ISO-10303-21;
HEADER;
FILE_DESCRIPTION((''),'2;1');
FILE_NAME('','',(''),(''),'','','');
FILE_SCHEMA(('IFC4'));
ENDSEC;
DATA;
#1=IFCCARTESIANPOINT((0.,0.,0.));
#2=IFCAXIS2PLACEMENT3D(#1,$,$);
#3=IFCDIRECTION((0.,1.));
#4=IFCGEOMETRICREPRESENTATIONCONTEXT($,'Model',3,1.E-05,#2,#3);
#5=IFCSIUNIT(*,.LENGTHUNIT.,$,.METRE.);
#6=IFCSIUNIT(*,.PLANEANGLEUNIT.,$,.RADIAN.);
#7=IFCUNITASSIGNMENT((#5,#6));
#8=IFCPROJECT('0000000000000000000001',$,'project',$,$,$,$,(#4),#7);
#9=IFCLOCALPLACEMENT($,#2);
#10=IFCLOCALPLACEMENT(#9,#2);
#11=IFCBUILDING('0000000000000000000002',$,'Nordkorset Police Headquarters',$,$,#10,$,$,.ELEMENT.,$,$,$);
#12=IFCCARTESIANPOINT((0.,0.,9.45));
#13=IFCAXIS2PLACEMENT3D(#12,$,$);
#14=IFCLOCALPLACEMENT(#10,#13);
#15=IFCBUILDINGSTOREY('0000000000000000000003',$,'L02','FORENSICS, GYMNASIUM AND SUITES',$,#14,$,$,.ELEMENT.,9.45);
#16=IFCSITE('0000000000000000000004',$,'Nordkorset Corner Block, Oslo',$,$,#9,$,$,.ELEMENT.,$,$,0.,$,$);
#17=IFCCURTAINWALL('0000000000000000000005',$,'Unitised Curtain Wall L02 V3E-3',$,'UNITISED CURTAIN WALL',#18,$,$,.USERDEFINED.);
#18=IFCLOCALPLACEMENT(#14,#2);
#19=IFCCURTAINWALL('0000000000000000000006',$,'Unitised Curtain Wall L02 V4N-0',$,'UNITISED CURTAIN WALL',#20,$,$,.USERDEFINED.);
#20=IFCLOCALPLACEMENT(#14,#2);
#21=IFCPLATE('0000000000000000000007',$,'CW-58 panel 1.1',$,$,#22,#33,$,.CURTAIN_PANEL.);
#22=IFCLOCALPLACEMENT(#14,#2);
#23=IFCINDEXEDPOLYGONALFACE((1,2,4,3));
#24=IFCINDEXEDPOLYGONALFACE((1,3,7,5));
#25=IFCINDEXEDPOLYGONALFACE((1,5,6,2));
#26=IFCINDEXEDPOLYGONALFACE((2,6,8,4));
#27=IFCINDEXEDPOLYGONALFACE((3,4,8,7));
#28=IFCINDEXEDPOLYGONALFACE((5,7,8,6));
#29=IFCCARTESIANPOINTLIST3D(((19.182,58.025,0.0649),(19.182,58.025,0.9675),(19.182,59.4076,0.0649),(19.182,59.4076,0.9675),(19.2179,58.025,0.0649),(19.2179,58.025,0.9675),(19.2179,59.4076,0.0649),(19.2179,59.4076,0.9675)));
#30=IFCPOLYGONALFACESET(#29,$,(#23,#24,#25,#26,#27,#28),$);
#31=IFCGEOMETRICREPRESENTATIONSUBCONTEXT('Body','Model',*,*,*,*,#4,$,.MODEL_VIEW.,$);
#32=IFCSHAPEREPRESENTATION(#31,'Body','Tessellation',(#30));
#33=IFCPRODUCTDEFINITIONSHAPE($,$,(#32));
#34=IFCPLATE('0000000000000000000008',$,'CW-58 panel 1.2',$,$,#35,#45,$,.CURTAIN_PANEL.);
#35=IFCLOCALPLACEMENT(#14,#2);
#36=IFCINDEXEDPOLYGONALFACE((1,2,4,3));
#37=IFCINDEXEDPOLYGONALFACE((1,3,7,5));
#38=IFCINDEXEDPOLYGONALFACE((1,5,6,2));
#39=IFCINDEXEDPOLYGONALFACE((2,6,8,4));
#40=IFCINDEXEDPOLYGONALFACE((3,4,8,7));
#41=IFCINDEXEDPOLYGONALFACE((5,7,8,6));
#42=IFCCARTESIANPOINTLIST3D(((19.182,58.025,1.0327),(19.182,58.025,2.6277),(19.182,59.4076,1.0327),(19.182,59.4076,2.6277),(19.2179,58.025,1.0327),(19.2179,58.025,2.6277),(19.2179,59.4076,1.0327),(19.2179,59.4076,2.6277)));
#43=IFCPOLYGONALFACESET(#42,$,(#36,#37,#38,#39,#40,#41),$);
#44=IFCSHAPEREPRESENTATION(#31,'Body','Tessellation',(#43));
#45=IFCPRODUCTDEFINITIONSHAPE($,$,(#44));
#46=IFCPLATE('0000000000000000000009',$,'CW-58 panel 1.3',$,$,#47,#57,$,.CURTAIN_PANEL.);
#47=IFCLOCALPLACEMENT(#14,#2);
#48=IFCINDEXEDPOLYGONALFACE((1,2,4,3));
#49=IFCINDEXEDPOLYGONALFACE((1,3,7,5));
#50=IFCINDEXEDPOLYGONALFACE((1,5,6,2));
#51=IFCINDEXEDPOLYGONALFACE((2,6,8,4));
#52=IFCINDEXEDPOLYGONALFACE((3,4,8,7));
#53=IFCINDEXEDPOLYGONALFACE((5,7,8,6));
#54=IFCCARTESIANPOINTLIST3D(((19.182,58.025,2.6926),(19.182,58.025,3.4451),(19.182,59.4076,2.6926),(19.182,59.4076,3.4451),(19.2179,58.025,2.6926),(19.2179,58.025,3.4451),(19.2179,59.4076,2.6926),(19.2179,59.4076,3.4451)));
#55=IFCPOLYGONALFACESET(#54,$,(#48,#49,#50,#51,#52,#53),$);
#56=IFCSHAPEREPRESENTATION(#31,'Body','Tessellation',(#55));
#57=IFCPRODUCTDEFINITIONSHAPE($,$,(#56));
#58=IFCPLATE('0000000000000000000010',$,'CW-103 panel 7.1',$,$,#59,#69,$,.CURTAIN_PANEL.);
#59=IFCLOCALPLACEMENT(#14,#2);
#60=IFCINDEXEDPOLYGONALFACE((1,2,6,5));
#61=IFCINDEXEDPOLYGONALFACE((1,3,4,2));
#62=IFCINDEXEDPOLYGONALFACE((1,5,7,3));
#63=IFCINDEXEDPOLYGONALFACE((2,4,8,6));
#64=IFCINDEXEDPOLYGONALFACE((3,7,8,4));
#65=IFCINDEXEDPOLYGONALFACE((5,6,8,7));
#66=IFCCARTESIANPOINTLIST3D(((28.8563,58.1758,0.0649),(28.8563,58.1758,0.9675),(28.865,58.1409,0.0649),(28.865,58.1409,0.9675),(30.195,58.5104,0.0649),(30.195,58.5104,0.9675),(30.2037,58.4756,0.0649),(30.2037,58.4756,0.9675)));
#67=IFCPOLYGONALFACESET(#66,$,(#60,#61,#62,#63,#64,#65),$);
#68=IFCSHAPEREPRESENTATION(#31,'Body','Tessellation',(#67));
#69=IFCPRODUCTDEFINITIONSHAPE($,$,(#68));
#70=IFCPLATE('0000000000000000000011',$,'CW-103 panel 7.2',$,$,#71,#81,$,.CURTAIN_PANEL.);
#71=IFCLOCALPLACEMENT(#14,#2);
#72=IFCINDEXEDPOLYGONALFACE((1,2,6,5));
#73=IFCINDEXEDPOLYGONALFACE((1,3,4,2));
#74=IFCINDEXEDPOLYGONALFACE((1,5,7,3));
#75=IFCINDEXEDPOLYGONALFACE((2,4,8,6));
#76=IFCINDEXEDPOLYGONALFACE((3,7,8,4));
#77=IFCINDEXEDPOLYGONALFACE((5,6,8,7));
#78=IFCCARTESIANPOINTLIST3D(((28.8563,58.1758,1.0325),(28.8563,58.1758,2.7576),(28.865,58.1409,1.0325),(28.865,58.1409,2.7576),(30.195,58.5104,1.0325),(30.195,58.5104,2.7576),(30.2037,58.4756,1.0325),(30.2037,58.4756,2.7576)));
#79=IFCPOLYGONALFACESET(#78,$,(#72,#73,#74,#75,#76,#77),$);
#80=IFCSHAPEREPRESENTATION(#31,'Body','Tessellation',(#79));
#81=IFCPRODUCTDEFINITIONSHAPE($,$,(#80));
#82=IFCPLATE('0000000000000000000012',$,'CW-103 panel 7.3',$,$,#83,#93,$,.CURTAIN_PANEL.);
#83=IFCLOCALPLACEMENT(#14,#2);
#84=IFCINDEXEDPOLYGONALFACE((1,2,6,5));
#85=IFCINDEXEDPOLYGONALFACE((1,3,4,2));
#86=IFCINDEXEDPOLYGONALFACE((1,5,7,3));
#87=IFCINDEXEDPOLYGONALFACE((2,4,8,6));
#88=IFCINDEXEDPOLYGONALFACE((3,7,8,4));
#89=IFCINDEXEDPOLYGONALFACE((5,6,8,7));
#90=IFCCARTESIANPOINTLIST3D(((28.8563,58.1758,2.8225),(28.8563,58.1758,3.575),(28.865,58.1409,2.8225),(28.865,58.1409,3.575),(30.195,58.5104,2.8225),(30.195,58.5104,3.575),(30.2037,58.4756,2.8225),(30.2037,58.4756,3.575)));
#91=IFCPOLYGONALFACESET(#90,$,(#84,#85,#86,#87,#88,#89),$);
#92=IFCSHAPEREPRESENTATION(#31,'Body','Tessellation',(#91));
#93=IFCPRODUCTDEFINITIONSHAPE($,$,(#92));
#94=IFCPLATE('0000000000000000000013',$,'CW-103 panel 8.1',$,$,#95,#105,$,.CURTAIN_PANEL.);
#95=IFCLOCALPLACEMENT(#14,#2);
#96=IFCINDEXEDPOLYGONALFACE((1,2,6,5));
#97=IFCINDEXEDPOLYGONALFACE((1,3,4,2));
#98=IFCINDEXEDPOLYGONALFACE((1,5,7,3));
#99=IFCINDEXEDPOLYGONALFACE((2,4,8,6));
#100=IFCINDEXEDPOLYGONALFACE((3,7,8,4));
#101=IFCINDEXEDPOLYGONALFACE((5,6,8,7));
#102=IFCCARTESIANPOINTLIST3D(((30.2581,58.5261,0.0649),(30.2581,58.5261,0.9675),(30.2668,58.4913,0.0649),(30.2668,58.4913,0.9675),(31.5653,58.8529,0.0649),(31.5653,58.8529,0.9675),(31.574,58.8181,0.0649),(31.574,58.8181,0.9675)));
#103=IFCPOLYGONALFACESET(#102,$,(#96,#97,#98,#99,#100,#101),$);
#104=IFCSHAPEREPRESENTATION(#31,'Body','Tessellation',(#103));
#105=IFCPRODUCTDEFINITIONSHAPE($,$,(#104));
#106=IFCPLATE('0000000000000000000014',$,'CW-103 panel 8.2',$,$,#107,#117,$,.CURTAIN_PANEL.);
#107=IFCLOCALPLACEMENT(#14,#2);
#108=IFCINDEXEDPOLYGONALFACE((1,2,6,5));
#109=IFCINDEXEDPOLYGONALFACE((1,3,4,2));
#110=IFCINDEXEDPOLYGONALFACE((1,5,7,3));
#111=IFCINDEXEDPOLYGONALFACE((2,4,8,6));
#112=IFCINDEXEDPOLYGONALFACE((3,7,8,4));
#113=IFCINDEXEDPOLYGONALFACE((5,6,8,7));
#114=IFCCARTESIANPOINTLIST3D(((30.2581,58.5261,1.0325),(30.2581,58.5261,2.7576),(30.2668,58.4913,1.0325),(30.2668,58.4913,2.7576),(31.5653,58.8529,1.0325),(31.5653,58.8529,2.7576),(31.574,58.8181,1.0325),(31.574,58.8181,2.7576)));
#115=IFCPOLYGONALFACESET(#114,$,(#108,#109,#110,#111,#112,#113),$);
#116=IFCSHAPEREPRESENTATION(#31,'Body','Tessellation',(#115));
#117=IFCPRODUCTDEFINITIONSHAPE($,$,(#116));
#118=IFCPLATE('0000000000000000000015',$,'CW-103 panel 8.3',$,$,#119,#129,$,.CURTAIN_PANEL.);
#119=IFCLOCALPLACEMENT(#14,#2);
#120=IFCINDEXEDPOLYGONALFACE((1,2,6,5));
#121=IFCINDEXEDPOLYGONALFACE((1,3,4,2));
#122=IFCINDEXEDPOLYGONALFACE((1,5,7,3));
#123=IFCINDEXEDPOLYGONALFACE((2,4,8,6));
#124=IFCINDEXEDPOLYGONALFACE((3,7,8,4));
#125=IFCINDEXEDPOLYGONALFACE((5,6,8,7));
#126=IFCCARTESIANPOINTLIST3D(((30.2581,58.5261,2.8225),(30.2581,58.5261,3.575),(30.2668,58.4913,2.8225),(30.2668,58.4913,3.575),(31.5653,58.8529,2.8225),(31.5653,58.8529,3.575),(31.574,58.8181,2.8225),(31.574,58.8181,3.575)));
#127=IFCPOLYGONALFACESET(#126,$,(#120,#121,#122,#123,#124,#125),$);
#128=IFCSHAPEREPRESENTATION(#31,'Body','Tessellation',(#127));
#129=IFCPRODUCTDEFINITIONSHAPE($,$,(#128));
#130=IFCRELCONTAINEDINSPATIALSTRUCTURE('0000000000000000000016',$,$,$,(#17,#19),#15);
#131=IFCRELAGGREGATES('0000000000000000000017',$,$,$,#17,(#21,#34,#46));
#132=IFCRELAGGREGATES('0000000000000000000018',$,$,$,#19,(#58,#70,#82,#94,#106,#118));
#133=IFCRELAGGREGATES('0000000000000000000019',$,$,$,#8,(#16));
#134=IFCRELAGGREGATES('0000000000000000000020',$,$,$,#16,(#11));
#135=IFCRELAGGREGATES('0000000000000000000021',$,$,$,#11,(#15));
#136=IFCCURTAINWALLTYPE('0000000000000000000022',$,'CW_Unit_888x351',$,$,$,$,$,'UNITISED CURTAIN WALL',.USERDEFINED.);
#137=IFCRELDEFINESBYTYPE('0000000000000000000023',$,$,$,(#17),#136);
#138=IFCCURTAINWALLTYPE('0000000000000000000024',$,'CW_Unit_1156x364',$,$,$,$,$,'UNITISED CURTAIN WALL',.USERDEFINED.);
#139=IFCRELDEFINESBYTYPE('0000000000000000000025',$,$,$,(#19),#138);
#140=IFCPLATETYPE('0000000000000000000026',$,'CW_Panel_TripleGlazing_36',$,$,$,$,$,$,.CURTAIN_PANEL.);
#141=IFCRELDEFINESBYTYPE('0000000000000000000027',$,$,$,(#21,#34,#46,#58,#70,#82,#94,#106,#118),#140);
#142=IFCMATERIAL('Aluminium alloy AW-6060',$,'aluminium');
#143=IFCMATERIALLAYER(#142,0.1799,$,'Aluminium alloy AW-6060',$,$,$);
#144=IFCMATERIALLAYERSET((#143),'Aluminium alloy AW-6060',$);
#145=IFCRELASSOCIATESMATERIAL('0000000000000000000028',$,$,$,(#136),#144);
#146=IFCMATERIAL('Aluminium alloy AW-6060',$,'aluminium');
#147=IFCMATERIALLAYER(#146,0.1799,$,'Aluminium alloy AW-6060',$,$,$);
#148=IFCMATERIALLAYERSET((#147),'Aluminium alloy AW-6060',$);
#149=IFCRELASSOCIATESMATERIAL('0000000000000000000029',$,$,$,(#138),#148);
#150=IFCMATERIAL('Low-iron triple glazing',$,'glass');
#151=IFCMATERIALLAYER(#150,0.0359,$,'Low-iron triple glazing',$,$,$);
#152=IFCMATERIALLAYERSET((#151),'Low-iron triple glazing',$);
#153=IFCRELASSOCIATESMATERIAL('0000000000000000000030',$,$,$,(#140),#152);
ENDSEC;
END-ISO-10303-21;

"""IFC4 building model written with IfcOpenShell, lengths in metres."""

from ifc_helpers import new_model, si_unit, direction, frame, origin, origin_2d, place, context, subcontext, project, spatial, rectangle, extrude, material, layer, layer_set, type_object, element, aggregate, save


model = new_model("IFC4")

# Units and contexts
model_context = context("Model", 3, precision=1e-05, world=origin(), true_north=direction((0.0, 1.0)))
body_context = subcontext(model_context, "Body", "Model", "MODEL_VIEW")
ifc_project = project(units=[si_unit("LENGTHUNIT", "METRE"), si_unit("PLANEANGLEUNIT", "RADIAN")], contexts=[model_context])

# Site, building, storey
site_placement = place(None, origin())
site = spatial("IfcSite", under=ifc_project, at=site_placement, Name="Nordkorset Corner Block, Oslo", CompositionType="ELEMENT", RefElevation=0.0)
building_placement = place(site_placement, origin())
building = spatial("IfcBuilding", under=site, at=building_placement, Name="Nordkorset Police Headquarters", CompositionType="ELEMENT")
storey_placement = place(building_placement, frame((0.0, 0.0, 9.45)))
storey = spatial("IfcBuildingStorey", under=building, at=storey_placement, Name="L02", Description="FORENSICS, GYMNASIUM AND SUITES", CompositionType="ELEMENT", Elevation=9.45)

# Curtain wall
ifc_material_1 = material(Name="Aluminium alloy AW-6060", Category="aluminium")
ifc_layer_1 = layer(ifc_material_1, 0.1799, Name="Aluminium alloy AW-6060")
ifc_layer_set_1 = layer_set([ifc_layer_1], Name="Aluminium alloy AW-6060")
curtain_wall_type_1 = type_object("IfcCurtainWallType", Name="CW_Unit_888x351", ElementType="UNITISED CURTAIN WALL", PredefinedType="USERDEFINED", material=ifc_layer_set_1)
curtain_wall_1_placement = place(storey_placement, origin())
curtain_wall_1 = element("IfcCurtainWall", 1, at=curtain_wall_1_placement, inside=storey, type_object=curtain_wall_type_1, Name="Unitised Curtain Wall L02 V3E-3", ObjectType="UNITISED CURTAIN WALL", PredefinedType="USERDEFINED")

# Curtain wall
ifc_material_2 = material(Name="Aluminium alloy AW-6060", Category="aluminium")
ifc_layer_2 = layer(ifc_material_2, 0.1799, Name="Aluminium alloy AW-6060")
ifc_layer_set_2 = layer_set([ifc_layer_2], Name="Aluminium alloy AW-6060")
curtain_wall_type_2 = type_object("IfcCurtainWallType", Name="CW_Unit_1156x364", ElementType="UNITISED CURTAIN WALL", PredefinedType="USERDEFINED", material=ifc_layer_set_2)
curtain_wall_2_placement = place(storey_placement, origin())
curtain_wall_2 = element("IfcCurtainWall", 2, at=curtain_wall_2_placement, inside=storey, type_object=curtain_wall_type_2, Name="Unitised Curtain Wall L02 V4N-0", ObjectType="UNITISED CURTAIN WALL", PredefinedType="USERDEFINED")

# Plates
ifc_material_3 = material(Name="Low-iron triple glazing", Category="glass")
ifc_layer_3 = layer(ifc_material_3, 0.0359, Name="Low-iron triple glazing")
ifc_layer_set_3 = layer_set([ifc_layer_3], Name="Low-iron triple glazing")
plate_type = type_object("IfcPlateType", Name="CW_Panel_TripleGlazing_36", PredefinedType="CURTAIN_PANEL", material=ifc_layer_set_3)
plate_1_placement = place(storey_placement, frame((19.2, 58.7163, 0.0649), z_axis=(0.0, 0.0, 1.0), x_axis=(0.0, 1.0, 0.0)))
plate_1 = element("IfcPlate", 3, at=plate_1_placement, type_object=plate_type, Name="CW-58 panel 1.1", PredefinedType="CURTAIN_PANEL", context=body_context, shape_type="SweptSolid", body=[
    extrude(rectangle(XDim=1.3826, YDim=0.0359, at=origin_2d()), origin(), (0.0, 0.0, 1.0), 0.9026),
])
plate_2_placement = place(storey_placement, frame((19.2, 58.7163, 1.0327), z_axis=(0.0, 0.0, 1.0), x_axis=(0.0, 1.0, 0.0)))
plate_2 = element("IfcPlate", 4, at=plate_2_placement, type_object=plate_type, Name="CW-58 panel 1.2", PredefinedType="CURTAIN_PANEL", context=body_context, shape_type="SweptSolid", body=[
    extrude(rectangle(XDim=1.3826, YDim=0.0359, at=origin_2d()), origin(), (0.0, 0.0, 1.0), 1.595),
])
plate_3_placement = place(storey_placement, frame((19.2, 58.7163, 2.6926), z_axis=(0.0, 0.0, 1.0), x_axis=(0.0, 1.0, 0.0)))
plate_3 = element("IfcPlate", 5, at=plate_3_placement, type_object=plate_type, Name="CW-58 panel 1.3", PredefinedType="CURTAIN_PANEL", context=body_context, shape_type="SweptSolid", body=[
    extrude(rectangle(XDim=1.3826, YDim=0.0359, at=origin_2d()), origin(), (0.0, 0.0, 1.0), 0.7524),
])
aggregate(curtain_wall_1, [plate_1, plate_2, plate_3])
plate_4_placement = place(storey_placement, frame((29.53, 58.3257, 0.0649), z_axis=(0.0, 0.0, 1.0), x_axis=(0.970142, 0.242536, 0.0)))
plate_4 = element("IfcPlate", 6, at=plate_4_placement, type_object=plate_type, Name="CW-103 panel 7.1", PredefinedType="CURTAIN_PANEL", context=body_context, shape_type="SweptSolid", body=[
    extrude(rectangle(XDim=1.3799, YDim=0.0359, at=origin_2d()), origin(), (0.0, 0.0, 1.0), 0.9026),
])
plate_5_placement = place(storey_placement, frame((29.53, 58.3257, 1.0325), z_axis=(0.0, 0.0, 1.0), x_axis=(0.970142, 0.242536, 0.0)))
plate_5 = element("IfcPlate", 7, at=plate_5_placement, type_object=plate_type, Name="CW-103 panel 7.2", PredefinedType="CURTAIN_PANEL", context=body_context, shape_type="SweptSolid", body=[
    extrude(rectangle(XDim=1.3799, YDim=0.0359, at=origin_2d()), origin(), (0.0, 0.0, 1.0), 1.7251),
])
plate_6_placement = place(storey_placement, frame((29.53, 58.3257, 2.8225), z_axis=(0.0, 0.0, 1.0), x_axis=(0.970142, 0.242536, 0.0)))
plate_6 = element("IfcPlate", 8, at=plate_6_placement, type_object=plate_type, Name="CW-103 panel 7.3", PredefinedType="CURTAIN_PANEL", context=body_context, shape_type="SweptSolid", body=[
    extrude(rectangle(XDim=1.3799, YDim=0.0359, at=origin_2d()), origin(), (0.0, 0.0, 1.0), 0.7524),
])
plate_7_placement = place(storey_placement, frame((30.916, 58.6721, 0.0649), z_axis=(0.0, 0.0, 1.0), x_axis=(0.970142, 0.242536, 0.0)))
plate_7 = element("IfcPlate", 9, at=plate_7_placement, type_object=plate_type, Name="CW-103 panel 8.1", PredefinedType="CURTAIN_PANEL", context=body_context, shape_type="SweptSolid", body=[
    extrude(rectangle(XDim=1.3474, YDim=0.0359, at=origin_2d()), origin(), (0.0, 0.0, 1.0), 0.9026),
])
plate_8_placement = place(storey_placement, frame((30.916, 58.6721, 1.0325), z_axis=(0.0, 0.0, 1.0), x_axis=(0.970142, 0.242536, 0.0)))
plate_8 = element("IfcPlate", 10, at=plate_8_placement, type_object=plate_type, Name="CW-103 panel 8.2", PredefinedType="CURTAIN_PANEL", context=body_context, shape_type="SweptSolid", body=[
    extrude(rectangle(XDim=1.3474, YDim=0.0359, at=origin_2d()), origin(), (0.0, 0.0, 1.0), 1.7251),
])
plate_9_placement = place(storey_placement, frame((30.916, 58.6721, 2.8225), z_axis=(0.0, 0.0, 1.0), x_axis=(0.970142, 0.242536, 0.0)))
plate_9 = element("IfcPlate", 11, at=plate_9_placement, type_object=plate_type, Name="CW-103 panel 8.3", PredefinedType="CURTAIN_PANEL", context=body_context, shape_type="SweptSolid", body=[
    extrude(rectangle(XDim=1.3474, YDim=0.0359, at=origin_2d()), origin(), (0.0, 0.0, 1.0), 0.7524),
])
aggregate(curtain_wall_2, [plate_4, plate_5, plate_6, plate_7, plate_8, plate_9])

save(model, "model.ifc")
